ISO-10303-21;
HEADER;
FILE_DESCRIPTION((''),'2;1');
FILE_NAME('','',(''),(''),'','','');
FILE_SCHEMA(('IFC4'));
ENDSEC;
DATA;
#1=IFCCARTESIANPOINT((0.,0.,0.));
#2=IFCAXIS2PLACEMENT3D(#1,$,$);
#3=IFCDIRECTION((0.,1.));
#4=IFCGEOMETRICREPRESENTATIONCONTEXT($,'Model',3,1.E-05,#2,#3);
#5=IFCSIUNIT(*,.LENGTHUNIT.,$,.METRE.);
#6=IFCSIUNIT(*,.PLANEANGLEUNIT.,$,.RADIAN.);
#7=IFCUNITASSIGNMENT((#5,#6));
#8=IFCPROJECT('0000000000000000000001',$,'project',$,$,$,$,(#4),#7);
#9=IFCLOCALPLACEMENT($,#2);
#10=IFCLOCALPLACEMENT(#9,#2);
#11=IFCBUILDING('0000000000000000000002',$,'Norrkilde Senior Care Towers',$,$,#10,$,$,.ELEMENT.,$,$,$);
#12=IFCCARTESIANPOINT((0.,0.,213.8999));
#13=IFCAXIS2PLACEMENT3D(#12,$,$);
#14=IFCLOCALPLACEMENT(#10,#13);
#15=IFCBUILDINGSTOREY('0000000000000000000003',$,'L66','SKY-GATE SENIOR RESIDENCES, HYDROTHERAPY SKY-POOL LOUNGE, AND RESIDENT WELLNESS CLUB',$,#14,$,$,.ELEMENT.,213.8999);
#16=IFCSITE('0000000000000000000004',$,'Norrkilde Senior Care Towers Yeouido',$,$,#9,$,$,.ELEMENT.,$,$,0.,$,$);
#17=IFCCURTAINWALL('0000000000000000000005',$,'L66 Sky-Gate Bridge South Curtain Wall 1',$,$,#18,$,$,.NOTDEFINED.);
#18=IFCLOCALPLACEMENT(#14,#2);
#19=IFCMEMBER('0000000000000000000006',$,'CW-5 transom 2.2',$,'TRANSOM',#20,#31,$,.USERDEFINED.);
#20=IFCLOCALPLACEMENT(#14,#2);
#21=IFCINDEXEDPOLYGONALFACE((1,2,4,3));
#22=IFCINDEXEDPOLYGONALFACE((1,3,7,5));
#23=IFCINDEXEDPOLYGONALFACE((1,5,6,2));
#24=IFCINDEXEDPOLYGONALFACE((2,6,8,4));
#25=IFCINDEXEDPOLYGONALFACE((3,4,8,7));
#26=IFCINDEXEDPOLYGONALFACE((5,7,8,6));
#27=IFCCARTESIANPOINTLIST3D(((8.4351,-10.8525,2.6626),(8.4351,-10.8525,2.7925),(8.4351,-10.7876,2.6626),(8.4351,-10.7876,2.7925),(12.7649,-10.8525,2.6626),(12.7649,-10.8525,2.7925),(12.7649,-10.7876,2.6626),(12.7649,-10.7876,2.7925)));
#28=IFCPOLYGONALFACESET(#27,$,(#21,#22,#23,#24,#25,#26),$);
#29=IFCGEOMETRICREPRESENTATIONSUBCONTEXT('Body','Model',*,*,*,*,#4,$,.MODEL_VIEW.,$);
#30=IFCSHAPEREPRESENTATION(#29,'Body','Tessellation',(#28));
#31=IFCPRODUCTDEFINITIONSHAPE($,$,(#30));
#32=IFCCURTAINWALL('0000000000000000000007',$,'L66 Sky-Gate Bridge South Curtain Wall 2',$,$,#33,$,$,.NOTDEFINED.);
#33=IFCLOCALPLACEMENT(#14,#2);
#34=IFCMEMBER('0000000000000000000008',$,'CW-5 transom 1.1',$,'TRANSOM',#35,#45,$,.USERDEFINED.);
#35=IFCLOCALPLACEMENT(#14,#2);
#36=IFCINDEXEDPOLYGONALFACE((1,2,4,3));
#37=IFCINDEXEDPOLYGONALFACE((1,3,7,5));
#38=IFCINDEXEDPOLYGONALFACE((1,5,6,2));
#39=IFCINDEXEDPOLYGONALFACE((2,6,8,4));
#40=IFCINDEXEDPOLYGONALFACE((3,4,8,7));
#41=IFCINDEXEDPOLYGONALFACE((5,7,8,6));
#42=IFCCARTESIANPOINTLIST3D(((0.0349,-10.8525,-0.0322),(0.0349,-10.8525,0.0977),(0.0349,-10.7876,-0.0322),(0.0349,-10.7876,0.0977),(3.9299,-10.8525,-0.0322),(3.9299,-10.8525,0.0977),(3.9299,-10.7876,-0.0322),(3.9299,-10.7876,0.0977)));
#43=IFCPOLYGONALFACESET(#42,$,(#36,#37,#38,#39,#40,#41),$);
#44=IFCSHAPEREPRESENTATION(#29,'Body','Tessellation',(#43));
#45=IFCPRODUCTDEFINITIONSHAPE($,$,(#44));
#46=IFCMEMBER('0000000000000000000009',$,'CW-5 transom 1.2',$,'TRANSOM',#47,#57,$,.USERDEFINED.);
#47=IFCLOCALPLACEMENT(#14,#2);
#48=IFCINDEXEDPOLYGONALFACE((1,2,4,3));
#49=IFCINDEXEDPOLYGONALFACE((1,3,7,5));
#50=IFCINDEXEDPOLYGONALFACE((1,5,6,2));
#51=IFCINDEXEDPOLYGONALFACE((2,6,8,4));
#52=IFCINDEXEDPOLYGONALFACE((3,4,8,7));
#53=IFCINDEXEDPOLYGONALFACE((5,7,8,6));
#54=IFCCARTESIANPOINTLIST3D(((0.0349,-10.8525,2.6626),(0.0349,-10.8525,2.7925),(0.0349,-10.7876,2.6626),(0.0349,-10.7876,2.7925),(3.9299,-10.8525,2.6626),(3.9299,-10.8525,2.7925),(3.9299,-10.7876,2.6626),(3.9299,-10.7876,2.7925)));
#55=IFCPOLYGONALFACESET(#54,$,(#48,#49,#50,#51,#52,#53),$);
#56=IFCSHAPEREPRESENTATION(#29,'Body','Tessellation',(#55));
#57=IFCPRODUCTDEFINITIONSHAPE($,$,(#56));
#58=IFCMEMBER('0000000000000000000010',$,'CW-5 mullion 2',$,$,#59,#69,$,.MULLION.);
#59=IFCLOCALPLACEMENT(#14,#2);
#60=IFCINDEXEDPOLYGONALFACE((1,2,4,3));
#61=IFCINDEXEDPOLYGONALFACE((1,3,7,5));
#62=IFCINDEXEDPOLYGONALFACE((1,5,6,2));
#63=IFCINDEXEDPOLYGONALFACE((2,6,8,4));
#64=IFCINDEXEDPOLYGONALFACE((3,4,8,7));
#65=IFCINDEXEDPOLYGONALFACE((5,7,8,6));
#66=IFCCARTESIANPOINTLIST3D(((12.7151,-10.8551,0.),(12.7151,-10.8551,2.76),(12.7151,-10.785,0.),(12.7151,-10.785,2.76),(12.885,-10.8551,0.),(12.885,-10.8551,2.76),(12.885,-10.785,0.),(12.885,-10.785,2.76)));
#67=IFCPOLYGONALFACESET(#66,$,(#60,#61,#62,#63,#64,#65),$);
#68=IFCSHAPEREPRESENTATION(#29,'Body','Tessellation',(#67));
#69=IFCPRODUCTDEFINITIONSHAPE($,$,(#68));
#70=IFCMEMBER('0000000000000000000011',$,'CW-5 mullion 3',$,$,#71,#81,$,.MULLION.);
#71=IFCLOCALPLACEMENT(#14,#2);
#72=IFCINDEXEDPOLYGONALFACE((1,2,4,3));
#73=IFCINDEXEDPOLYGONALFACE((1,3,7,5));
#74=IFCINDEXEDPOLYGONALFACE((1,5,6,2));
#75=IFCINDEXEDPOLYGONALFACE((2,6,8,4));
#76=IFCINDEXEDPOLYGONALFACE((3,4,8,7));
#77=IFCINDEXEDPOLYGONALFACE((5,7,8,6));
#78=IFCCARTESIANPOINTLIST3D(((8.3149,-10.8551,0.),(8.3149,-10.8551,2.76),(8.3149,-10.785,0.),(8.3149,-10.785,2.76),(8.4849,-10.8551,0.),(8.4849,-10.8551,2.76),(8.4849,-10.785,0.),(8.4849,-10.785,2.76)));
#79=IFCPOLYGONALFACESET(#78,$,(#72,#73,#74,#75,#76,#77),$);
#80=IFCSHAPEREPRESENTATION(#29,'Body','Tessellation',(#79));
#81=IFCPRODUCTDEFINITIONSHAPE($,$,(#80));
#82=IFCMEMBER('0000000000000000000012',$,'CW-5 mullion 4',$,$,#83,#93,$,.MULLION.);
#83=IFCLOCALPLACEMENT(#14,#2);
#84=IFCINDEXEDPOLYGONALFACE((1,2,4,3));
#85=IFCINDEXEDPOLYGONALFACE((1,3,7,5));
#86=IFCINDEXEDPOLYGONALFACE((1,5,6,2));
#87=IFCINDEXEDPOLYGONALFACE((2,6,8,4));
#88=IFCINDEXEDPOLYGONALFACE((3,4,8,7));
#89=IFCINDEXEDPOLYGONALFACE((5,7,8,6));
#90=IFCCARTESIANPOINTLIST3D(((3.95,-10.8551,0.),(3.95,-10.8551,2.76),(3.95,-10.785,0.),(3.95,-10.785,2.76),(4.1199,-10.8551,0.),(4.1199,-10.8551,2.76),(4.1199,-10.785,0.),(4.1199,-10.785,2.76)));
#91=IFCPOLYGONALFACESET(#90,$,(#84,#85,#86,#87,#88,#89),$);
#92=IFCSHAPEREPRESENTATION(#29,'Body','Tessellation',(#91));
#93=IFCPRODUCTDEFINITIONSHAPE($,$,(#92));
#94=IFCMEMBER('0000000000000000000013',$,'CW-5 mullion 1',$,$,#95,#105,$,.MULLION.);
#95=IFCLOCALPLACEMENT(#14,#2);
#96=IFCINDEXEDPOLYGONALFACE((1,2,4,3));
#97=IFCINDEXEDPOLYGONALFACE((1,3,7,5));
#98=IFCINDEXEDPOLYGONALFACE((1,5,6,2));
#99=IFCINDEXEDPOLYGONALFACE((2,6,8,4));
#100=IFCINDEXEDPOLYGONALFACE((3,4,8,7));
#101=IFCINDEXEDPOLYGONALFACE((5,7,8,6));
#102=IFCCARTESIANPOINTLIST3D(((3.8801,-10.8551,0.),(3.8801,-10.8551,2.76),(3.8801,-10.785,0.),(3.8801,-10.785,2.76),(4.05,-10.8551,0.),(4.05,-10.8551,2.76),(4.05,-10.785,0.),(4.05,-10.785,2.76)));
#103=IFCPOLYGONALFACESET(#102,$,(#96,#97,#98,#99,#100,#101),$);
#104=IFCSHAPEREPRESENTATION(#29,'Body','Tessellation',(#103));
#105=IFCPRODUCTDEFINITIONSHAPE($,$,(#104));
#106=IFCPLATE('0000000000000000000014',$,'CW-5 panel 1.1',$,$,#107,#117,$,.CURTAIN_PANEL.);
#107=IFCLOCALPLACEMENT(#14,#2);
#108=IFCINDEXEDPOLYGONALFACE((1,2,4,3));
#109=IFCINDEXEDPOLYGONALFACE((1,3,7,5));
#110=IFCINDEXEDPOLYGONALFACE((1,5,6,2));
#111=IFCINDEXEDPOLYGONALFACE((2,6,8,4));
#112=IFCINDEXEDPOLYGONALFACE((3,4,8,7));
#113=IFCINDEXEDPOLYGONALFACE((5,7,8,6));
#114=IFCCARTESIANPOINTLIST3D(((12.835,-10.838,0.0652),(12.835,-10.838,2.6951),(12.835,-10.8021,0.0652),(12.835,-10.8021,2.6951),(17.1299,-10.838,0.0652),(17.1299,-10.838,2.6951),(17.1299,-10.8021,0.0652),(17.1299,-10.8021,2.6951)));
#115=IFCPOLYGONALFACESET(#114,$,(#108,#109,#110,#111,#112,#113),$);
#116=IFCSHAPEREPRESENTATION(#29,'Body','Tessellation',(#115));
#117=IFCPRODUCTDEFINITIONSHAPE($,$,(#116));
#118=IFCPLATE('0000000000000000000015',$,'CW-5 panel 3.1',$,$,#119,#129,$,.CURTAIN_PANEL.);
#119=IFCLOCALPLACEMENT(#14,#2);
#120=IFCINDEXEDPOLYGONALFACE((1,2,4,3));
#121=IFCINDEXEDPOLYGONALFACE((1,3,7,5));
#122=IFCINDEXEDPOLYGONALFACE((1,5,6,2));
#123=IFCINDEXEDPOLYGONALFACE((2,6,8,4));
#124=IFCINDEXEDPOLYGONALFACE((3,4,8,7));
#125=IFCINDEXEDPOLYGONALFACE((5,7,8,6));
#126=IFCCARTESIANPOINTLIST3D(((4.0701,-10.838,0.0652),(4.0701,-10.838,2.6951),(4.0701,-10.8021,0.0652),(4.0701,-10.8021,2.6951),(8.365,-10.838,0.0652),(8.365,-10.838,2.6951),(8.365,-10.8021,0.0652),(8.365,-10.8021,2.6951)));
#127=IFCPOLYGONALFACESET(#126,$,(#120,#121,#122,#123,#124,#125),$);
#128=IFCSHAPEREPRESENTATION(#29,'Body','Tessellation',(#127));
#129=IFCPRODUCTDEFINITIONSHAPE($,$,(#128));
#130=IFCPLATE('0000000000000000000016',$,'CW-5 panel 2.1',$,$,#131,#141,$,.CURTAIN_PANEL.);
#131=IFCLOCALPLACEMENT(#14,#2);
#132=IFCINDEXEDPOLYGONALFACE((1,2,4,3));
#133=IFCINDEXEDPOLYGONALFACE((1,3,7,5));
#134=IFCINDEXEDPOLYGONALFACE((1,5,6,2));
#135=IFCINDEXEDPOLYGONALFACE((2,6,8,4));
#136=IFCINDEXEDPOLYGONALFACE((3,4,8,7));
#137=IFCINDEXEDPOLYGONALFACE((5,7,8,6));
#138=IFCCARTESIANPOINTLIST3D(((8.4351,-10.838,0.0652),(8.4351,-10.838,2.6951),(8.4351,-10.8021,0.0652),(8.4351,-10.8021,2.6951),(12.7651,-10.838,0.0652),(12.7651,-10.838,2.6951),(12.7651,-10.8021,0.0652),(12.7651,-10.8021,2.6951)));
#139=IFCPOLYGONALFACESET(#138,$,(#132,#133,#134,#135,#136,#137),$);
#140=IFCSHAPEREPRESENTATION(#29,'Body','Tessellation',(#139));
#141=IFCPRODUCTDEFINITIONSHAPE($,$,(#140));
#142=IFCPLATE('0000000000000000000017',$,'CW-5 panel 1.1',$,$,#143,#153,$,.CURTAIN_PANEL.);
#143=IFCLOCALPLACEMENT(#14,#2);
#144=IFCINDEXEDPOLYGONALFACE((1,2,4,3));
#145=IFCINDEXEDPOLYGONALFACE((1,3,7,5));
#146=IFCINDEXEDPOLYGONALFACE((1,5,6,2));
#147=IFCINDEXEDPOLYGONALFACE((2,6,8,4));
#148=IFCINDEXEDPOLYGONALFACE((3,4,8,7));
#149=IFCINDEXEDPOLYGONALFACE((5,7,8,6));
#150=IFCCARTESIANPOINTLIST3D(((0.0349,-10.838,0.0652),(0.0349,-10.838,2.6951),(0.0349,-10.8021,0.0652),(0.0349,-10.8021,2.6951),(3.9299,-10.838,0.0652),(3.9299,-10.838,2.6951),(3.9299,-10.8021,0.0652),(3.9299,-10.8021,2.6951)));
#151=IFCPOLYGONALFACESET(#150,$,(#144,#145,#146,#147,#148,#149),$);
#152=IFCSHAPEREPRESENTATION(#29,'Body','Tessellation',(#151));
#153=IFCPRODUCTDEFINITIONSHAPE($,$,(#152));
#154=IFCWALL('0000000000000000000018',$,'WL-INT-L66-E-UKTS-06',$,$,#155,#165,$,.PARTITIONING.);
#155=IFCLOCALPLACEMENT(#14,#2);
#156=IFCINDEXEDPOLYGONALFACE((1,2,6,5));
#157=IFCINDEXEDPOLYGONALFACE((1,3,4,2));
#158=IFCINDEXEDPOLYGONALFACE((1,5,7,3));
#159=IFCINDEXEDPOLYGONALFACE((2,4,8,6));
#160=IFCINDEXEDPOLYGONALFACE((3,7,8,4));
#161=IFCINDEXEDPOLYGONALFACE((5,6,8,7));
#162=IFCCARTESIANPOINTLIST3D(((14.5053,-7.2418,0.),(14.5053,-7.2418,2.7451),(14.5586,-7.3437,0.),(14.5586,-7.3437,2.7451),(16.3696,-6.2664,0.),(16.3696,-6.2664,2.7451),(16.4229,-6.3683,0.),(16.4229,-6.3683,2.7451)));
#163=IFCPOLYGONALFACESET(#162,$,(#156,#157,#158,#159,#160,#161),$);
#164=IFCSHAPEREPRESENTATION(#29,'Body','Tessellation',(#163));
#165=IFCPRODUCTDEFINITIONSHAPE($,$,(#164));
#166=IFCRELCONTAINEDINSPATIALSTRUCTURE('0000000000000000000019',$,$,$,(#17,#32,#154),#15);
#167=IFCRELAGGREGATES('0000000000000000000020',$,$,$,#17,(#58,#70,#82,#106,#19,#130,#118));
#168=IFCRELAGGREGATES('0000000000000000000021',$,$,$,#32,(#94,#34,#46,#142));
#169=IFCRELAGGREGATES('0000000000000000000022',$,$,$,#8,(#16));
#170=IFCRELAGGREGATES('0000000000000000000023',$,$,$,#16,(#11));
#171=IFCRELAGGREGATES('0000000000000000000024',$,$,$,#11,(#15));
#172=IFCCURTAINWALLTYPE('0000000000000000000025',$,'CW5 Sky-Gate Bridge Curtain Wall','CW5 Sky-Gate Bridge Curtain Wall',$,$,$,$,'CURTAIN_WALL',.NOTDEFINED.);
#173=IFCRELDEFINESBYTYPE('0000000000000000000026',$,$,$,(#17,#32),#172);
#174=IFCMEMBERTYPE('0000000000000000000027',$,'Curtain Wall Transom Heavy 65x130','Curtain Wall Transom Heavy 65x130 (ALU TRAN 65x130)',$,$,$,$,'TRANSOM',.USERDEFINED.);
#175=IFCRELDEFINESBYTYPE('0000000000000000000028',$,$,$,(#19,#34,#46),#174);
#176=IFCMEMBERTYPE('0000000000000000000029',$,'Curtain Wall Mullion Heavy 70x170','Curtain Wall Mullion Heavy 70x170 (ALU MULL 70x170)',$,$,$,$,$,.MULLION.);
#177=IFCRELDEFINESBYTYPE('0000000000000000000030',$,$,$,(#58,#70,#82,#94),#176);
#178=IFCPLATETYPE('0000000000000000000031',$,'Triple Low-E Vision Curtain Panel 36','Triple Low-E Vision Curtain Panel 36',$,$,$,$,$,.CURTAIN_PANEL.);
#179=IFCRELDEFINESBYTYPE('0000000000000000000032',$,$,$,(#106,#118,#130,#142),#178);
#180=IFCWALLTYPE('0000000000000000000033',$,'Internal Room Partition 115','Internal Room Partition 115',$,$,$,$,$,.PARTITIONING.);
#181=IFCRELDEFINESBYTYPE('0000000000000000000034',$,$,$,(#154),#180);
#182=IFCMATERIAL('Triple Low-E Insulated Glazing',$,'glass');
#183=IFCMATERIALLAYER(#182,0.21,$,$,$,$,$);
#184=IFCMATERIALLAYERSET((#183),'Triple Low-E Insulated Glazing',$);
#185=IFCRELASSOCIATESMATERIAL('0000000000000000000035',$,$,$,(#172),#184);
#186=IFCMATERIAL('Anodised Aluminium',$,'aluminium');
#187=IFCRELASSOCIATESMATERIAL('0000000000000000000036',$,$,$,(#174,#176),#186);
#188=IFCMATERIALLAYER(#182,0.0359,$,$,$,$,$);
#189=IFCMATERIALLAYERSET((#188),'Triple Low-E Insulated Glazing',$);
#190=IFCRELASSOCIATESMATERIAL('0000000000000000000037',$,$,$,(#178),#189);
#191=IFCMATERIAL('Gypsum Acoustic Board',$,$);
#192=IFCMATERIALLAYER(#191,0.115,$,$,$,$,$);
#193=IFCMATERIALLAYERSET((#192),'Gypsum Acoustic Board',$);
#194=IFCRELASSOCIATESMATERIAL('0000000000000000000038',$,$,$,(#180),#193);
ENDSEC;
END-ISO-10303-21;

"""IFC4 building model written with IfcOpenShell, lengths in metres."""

from ifc_helpers import new_model, si_unit, direction, frame, frame_2d, origin, origin_2d, place, context, subcontext, project, spatial, rectangle, extrude, source, transform, mapped, material, layer, layer_set, material_profile, profile_set, type_object, type_shapes, element, aggregate, save


model = new_model("IFC4")

# Units and contexts
model_context = context("Model", 3, precision=1e-05, world=origin(), true_north=direction((0.0, 1.0)))
body_context = subcontext(model_context, "Body", "Model", "MODEL_VIEW")
ifc_project = project(units=[si_unit("LENGTHUNIT", "METRE"), si_unit("PLANEANGLEUNIT", "RADIAN")], contexts=[model_context])

# Site, building, storey
site_placement = place(None, origin())
site = spatial("IfcSite", under=ifc_project, at=site_placement, Name="Norrkilde Senior Care Towers Yeouido", CompositionType="ELEMENT", RefElevation=0.0)
building_placement = place(site_placement, origin())
building = spatial("IfcBuilding", under=site, at=building_placement, Name="Norrkilde Senior Care Towers", CompositionType="ELEMENT")
storey_placement = place(building_placement, frame((0.0, 0.0, 213.8999)))
storey = spatial("IfcBuildingStorey", under=building, at=storey_placement, Name="L66", Description="SKY-GATE SENIOR RESIDENCES, HYDROTHERAPY SKY-POOL LOUNGE, AND RESIDENT WELLNESS CLUB", CompositionType="ELEMENT", Elevation=213.8999)

# Curtain walls, members
ifc_material_1 = material(Name="Triple Low-E Insulated Glazing", Category="glass")
ifc_layer_1 = layer(ifc_material_1, 0.21)
ifc_layer_set_1 = layer_set([ifc_layer_1], Name="Triple Low-E Insulated Glazing")
curtain_wall_type = type_object("IfcCurtainWallType", Name="CW5 Sky-Gate Bridge Curtain Wall", Description="CW5 Sky-Gate Bridge Curtain Wall", ElementType="CURTAIN_WALL", PredefinedType="NOTDEFINED", material=ifc_layer_set_1)
curtain_wall_1_placement = place(storey_placement, origin())
curtain_wall_1 = element("IfcCurtainWall", 1, at=curtain_wall_1_placement, inside=storey, type_object=curtain_wall_type, Name="L66 Sky-Gate Bridge South Curtain Wall 1", PredefinedType="NOTDEFINED")
ifc_material_2 = material(Name="Anodised Aluminium", Category="aluminium")
ifc_material_profile_1 = material_profile(ifc_material_2, rectangle(XDim=0.0649, YDim=0.1299, at=origin_2d()), Name="ALU TRAN 65x130")
ifc_profile_set_1 = profile_set([ifc_material_profile_1], Name="Anodised Aluminium")
member_type_1 = type_object("IfcMemberType", Name="Curtain Wall Transom Heavy 65x130", Description="Curtain Wall Transom Heavy 65x130 (ALU TRAN 65x130)", ElementType="TRANSOM", PredefinedType="USERDEFINED", material=ifc_profile_set_1)
shared_shape_1 = source(origin(), body_context, "Body", "SweptSolid", [
    extrude(rectangle(XDim=0.0649, YDim=0.1299, at=origin_2d()), origin(), (0.0, 0.0, 1.0), 4.3298),
])
member_1_placement = place(storey_placement, frame((12.7649, -10.8201, 2.7275), z_axis=(-1.0, 0.0, 0.0), x_axis=(0.0, -1.0, 0.0)))
member_1 = element("IfcMember", 2, at=member_1_placement, type_object=member_type_1, Name="CW-5 transom 2.2", ObjectType="TRANSOM", PredefinedType="USERDEFINED", context=body_context, shape_type="MappedRepresentation", body=[
    mapped(shared_shape_1, transform((0.0, 0.0, 0.0), x_axis=(1.0, 0.0, 0.0), y_axis=(0.0, 1.0, 0.0), z_axis=(0.0, 0.0, 1.0), scale=1.0)),
])
curtain_wall_2_placement = place(storey_placement, origin())
curtain_wall_2 = element("IfcCurtainWall", 3, at=curtain_wall_2_placement, inside=storey, type_object=curtain_wall_type, Name="L66 Sky-Gate Bridge South Curtain Wall 2", PredefinedType="NOTDEFINED")
shared_shape_2 = source(origin(), body_context, "Body", "SweptSolid", [
    extrude(rectangle(XDim=0.0649, YDim=0.1299, at=origin_2d()), origin(), (0.0, 0.0, 1.0), 3.895),
])
member_2_placement = place(storey_placement, frame((3.9299, -10.8201, 0.0327), z_axis=(-1.0, 0.0, 0.0), x_axis=(0.0, -1.0, 0.0)))
member_2 = element("IfcMember", 4, at=member_2_placement, type_object=member_type_1, Name="CW-5 transom 1.1", ObjectType="TRANSOM", PredefinedType="USERDEFINED", context=body_context, shape_type="MappedRepresentation", body=[
    mapped(shared_shape_2, transform((0.0, 0.0, 0.0), x_axis=(1.0, 0.0, 0.0), y_axis=(0.0, 1.0, 0.0), z_axis=(0.0, 0.0, 1.0), scale=1.0)),
])
member_3_placement = place(storey_placement, frame((3.9299, -10.8201, 2.7275), z_axis=(-1.0, 0.0, 0.0), x_axis=(0.0, -1.0, 0.0)))
member_3 = element("IfcMember", 5, at=member_3_placement, type_object=member_type_1, Name="CW-5 transom 1.2", ObjectType="TRANSOM", PredefinedType="USERDEFINED", context=body_context, shape_type="MappedRepresentation", body=[
    mapped(shared_shape_2, transform((0.0, 0.0, 0.0), x_axis=(1.0, 0.0, 0.0), y_axis=(0.0, 1.0, 0.0), z_axis=(0.0, 0.0, 1.0), scale=1.0)),
])

# Members
ifc_material_profile_2 = material_profile(ifc_material_2, rectangle(XDim=0.0701, YDim=0.1699, at=origin_2d()), Name="ALU MULL 70x170")
ifc_profile_set_2 = profile_set([ifc_material_profile_2], Name="Anodised Aluminium")
member_type_2 = type_object("IfcMemberType", Name="Curtain Wall Mullion Heavy 70x170", Description="Curtain Wall Mullion Heavy 70x170 (ALU MULL 70x170)", PredefinedType="MULLION", material=ifc_profile_set_2)
shared_shape_3 = source(origin(), body_context, "Body", "SweptSolid", [
    extrude(rectangle(XDim=0.0701, YDim=0.1699, at=origin_2d()), origin(), (0.0, 0.0, 1.0), 2.76),
])
type_shapes(member_type_2, [shared_shape_3])
member_4_placement = place(storey_placement, frame((12.8, -10.8201, 0.0), z_axis=(0.0, 0.0, 1.0), x_axis=(0.0, -1.0, 0.0)))
member_4 = element("IfcMember", 6, at=member_4_placement, type_object=member_type_2, Name="CW-5 mullion 2", PredefinedType="MULLION", context=body_context, shape_type="MappedRepresentation", body=[
    mapped(shared_shape_3, transform((0.0, 0.0, 0.0), x_axis=(1.0, 0.0, 0.0), y_axis=(0.0, 1.0, 0.0), z_axis=(0.0, 0.0, 1.0), scale=1.0)),
])
member_5_placement = place(storey_placement, frame((8.3999, -10.8201, 0.0), z_axis=(0.0, 0.0, 1.0), x_axis=(0.0, -1.0, 0.0)))
member_5 = element("IfcMember", 7, at=member_5_placement, type_object=member_type_2, Name="CW-5 mullion 3", PredefinedType="MULLION", context=body_context, shape_type="MappedRepresentation", body=[
    mapped(shared_shape_3, transform((0.0, 0.0, 0.0), x_axis=(1.0, 0.0, 0.0), y_axis=(0.0, 1.0, 0.0), z_axis=(0.0, 0.0, 1.0), scale=1.0)),
])
member_6_placement = place(storey_placement, frame((4.0349, -10.8201, 0.0), z_axis=(0.0, 0.0, 1.0), x_axis=(0.0, -1.0, 0.0)))
member_6 = element("IfcMember", 8, at=member_6_placement, type_object=member_type_2, Name="CW-5 mullion 4", PredefinedType="MULLION", context=body_context, shape_type="MappedRepresentation", body=[
    mapped(shared_shape_3, transform((0.0, 0.0, 0.0), x_axis=(1.0, 0.0, 0.0), y_axis=(0.0, 1.0, 0.0), z_axis=(0.0, 0.0, 1.0), scale=1.0)),
])
member_7_placement = place(storey_placement, frame((3.9651, -10.8201, 0.0), z_axis=(0.0, 0.0, 1.0), x_axis=(0.0, -1.0, 0.0)))
member_7 = element("IfcMember", 9, at=member_7_placement, type_object=member_type_2, Name="CW-5 mullion 1", PredefinedType="MULLION", context=body_context, shape_type="MappedRepresentation", body=[
    mapped(shared_shape_3, transform((0.0, 0.0, 0.0), x_axis=(1.0, 0.0, 0.0), y_axis=(0.0, 1.0, 0.0), z_axis=(0.0, 0.0, 1.0), scale=1.0)),
])

# Plates
ifc_layer_2 = layer(ifc_material_1, 0.0359)
ifc_layer_set_2 = layer_set([ifc_layer_2], Name="Triple Low-E Insulated Glazing")
plate_type = type_object("IfcPlateType", Name="Triple Low-E Vision Curtain Panel 36", Description="Triple Low-E Vision Curtain Panel 36", PredefinedType="CURTAIN_PANEL", material=ifc_layer_set_2)
shared_shape_4 = source(origin(), body_context, "Body", "SweptSolid", [
    extrude(rectangle(XDim=4.2949, YDim=0.0359, at=origin_2d()), origin(), (0.0, 0.0, 1.0), 2.6299),
])
plate_1_placement = place(storey_placement, frame((14.9824, -10.8201, 0.0652), z_axis=(0.0, 0.0, 1.0), x_axis=(-1.0, 0.0, 0.0)))
plate_1 = element("IfcPlate", 10, at=plate_1_placement, type_object=plate_type, Name="CW-5 panel 1.1", PredefinedType="CURTAIN_PANEL", context=body_context, shape_type="MappedRepresentation", body=[
    mapped(shared_shape_4, transform((0.0, 0.0, 0.0), x_axis=(1.0, 0.0, 0.0), y_axis=(0.0, 1.0, 0.0), z_axis=(0.0, 0.0, 1.0), scale=1.0)),
])
plate_2_placement = place(storey_placement, frame((6.2175, -10.8201, 0.0652), z_axis=(0.0, 0.0, 1.0), x_axis=(-1.0, 0.0, 0.0)))
plate_2 = element("IfcPlate", 11, at=plate_2_placement, type_object=plate_type, Name="CW-5 panel 3.1", PredefinedType="CURTAIN_PANEL", context=body_context, shape_type="MappedRepresentation", body=[
    mapped(shared_shape_4, transform((0.0, 0.0, 0.0), x_axis=(1.0, 0.0, 0.0), y_axis=(0.0, 1.0, 0.0), z_axis=(0.0, 0.0, 1.0), scale=1.0)),
])
shared_shape_5 = source(origin(), body_context, "Body", "SweptSolid", [
    extrude(rectangle(XDim=4.3301, YDim=0.0359, at=origin_2d()), origin(), (0.0, 0.0, 1.0), 2.6299),
])
plate_3_placement = place(storey_placement, frame((10.6001, -10.8201, 0.0652), z_axis=(0.0, 0.0, 1.0), x_axis=(-1.0, 0.0, 0.0)))
plate_3 = element("IfcPlate", 12, at=plate_3_placement, type_object=plate_type, Name="CW-5 panel 2.1", PredefinedType="CURTAIN_PANEL", context=body_context, shape_type="MappedRepresentation", body=[
    mapped(shared_shape_5, transform((0.0, 0.0, 0.0), x_axis=(1.0, 0.0, 0.0), y_axis=(0.0, 1.0, 0.0), z_axis=(0.0, 0.0, 1.0), scale=1.0)),
])
aggregate(curtain_wall_1, [member_4, member_5, member_6, plate_1, member_1, plate_3, plate_2])
shared_shape_6 = source(origin(), body_context, "Body", "SweptSolid", [
    extrude(rectangle(XDim=3.895, YDim=0.0359, at=origin_2d()), origin(), (0.0, 0.0, 1.0), 2.6299),
])
type_shapes(plate_type, [shared_shape_4, shared_shape_5, shared_shape_6])
plate_4_placement = place(storey_placement, frame((1.9824, -10.8201, 0.0652), z_axis=(0.0, 0.0, 1.0), x_axis=(-1.0, 0.0, 0.0)))
plate_4 = element("IfcPlate", 13, at=plate_4_placement, type_object=plate_type, Name="CW-5 panel 1.1", PredefinedType="CURTAIN_PANEL", context=body_context, shape_type="MappedRepresentation", body=[
    mapped(shared_shape_6, transform((0.0, 0.0, 0.0), x_axis=(1.0, 0.0, 0.0), y_axis=(0.0, 1.0, 0.0), z_axis=(0.0, 0.0, 1.0), scale=1.0)),
])
aggregate(curtain_wall_2, [member_7, member_2, member_3, plate_4])

# Wall
ifc_material_3 = material(Name="Gypsum Acoustic Board")
ifc_layer_3 = layer(ifc_material_3, 0.115)
ifc_layer_set_3 = layer_set([ifc_layer_3], Name="Gypsum Acoustic Board")
wall_type_1 = type_object("IfcWallType", Name="Internal Room Partition 115", Description="Internal Room Partition 115", PredefinedType="PARTITIONING", material=ifc_layer_set_3)
shared_shape_7 = source(origin(), body_context, "Body", "SweptSolid", [
    extrude(rectangle(XDim=2.104, YDim=0.115, at=frame_2d((1.052, 0.0))), origin(), (0.0, 0.0, 1.0), 2.7451),
])
type_shapes(wall_type_1, [shared_shape_7])
wall_1_placement = place(storey_placement, frame((16.3962, -6.3174, 0.0), z_axis=(0.0, 0.0, 1.0), x_axis=(-0.886061, -0.463569, 0.0)))
element("IfcWall", 14, at=wall_1_placement, inside=storey, type_object=wall_type_1, Name="WL-INT-L66-E-UKTS-06", PredefinedType="PARTITIONING", context=body_context, shape_type="MappedRepresentation", body=[
    mapped(shared_shape_7, transform((0.0, 0.0, 0.0), x_axis=(1.0, 0.0, 0.0), y_axis=(0.0, 1.0, 0.0), z_axis=(0.0, 0.0, 1.0), scale=1.0)),
])

save(model, "model.ifc")
